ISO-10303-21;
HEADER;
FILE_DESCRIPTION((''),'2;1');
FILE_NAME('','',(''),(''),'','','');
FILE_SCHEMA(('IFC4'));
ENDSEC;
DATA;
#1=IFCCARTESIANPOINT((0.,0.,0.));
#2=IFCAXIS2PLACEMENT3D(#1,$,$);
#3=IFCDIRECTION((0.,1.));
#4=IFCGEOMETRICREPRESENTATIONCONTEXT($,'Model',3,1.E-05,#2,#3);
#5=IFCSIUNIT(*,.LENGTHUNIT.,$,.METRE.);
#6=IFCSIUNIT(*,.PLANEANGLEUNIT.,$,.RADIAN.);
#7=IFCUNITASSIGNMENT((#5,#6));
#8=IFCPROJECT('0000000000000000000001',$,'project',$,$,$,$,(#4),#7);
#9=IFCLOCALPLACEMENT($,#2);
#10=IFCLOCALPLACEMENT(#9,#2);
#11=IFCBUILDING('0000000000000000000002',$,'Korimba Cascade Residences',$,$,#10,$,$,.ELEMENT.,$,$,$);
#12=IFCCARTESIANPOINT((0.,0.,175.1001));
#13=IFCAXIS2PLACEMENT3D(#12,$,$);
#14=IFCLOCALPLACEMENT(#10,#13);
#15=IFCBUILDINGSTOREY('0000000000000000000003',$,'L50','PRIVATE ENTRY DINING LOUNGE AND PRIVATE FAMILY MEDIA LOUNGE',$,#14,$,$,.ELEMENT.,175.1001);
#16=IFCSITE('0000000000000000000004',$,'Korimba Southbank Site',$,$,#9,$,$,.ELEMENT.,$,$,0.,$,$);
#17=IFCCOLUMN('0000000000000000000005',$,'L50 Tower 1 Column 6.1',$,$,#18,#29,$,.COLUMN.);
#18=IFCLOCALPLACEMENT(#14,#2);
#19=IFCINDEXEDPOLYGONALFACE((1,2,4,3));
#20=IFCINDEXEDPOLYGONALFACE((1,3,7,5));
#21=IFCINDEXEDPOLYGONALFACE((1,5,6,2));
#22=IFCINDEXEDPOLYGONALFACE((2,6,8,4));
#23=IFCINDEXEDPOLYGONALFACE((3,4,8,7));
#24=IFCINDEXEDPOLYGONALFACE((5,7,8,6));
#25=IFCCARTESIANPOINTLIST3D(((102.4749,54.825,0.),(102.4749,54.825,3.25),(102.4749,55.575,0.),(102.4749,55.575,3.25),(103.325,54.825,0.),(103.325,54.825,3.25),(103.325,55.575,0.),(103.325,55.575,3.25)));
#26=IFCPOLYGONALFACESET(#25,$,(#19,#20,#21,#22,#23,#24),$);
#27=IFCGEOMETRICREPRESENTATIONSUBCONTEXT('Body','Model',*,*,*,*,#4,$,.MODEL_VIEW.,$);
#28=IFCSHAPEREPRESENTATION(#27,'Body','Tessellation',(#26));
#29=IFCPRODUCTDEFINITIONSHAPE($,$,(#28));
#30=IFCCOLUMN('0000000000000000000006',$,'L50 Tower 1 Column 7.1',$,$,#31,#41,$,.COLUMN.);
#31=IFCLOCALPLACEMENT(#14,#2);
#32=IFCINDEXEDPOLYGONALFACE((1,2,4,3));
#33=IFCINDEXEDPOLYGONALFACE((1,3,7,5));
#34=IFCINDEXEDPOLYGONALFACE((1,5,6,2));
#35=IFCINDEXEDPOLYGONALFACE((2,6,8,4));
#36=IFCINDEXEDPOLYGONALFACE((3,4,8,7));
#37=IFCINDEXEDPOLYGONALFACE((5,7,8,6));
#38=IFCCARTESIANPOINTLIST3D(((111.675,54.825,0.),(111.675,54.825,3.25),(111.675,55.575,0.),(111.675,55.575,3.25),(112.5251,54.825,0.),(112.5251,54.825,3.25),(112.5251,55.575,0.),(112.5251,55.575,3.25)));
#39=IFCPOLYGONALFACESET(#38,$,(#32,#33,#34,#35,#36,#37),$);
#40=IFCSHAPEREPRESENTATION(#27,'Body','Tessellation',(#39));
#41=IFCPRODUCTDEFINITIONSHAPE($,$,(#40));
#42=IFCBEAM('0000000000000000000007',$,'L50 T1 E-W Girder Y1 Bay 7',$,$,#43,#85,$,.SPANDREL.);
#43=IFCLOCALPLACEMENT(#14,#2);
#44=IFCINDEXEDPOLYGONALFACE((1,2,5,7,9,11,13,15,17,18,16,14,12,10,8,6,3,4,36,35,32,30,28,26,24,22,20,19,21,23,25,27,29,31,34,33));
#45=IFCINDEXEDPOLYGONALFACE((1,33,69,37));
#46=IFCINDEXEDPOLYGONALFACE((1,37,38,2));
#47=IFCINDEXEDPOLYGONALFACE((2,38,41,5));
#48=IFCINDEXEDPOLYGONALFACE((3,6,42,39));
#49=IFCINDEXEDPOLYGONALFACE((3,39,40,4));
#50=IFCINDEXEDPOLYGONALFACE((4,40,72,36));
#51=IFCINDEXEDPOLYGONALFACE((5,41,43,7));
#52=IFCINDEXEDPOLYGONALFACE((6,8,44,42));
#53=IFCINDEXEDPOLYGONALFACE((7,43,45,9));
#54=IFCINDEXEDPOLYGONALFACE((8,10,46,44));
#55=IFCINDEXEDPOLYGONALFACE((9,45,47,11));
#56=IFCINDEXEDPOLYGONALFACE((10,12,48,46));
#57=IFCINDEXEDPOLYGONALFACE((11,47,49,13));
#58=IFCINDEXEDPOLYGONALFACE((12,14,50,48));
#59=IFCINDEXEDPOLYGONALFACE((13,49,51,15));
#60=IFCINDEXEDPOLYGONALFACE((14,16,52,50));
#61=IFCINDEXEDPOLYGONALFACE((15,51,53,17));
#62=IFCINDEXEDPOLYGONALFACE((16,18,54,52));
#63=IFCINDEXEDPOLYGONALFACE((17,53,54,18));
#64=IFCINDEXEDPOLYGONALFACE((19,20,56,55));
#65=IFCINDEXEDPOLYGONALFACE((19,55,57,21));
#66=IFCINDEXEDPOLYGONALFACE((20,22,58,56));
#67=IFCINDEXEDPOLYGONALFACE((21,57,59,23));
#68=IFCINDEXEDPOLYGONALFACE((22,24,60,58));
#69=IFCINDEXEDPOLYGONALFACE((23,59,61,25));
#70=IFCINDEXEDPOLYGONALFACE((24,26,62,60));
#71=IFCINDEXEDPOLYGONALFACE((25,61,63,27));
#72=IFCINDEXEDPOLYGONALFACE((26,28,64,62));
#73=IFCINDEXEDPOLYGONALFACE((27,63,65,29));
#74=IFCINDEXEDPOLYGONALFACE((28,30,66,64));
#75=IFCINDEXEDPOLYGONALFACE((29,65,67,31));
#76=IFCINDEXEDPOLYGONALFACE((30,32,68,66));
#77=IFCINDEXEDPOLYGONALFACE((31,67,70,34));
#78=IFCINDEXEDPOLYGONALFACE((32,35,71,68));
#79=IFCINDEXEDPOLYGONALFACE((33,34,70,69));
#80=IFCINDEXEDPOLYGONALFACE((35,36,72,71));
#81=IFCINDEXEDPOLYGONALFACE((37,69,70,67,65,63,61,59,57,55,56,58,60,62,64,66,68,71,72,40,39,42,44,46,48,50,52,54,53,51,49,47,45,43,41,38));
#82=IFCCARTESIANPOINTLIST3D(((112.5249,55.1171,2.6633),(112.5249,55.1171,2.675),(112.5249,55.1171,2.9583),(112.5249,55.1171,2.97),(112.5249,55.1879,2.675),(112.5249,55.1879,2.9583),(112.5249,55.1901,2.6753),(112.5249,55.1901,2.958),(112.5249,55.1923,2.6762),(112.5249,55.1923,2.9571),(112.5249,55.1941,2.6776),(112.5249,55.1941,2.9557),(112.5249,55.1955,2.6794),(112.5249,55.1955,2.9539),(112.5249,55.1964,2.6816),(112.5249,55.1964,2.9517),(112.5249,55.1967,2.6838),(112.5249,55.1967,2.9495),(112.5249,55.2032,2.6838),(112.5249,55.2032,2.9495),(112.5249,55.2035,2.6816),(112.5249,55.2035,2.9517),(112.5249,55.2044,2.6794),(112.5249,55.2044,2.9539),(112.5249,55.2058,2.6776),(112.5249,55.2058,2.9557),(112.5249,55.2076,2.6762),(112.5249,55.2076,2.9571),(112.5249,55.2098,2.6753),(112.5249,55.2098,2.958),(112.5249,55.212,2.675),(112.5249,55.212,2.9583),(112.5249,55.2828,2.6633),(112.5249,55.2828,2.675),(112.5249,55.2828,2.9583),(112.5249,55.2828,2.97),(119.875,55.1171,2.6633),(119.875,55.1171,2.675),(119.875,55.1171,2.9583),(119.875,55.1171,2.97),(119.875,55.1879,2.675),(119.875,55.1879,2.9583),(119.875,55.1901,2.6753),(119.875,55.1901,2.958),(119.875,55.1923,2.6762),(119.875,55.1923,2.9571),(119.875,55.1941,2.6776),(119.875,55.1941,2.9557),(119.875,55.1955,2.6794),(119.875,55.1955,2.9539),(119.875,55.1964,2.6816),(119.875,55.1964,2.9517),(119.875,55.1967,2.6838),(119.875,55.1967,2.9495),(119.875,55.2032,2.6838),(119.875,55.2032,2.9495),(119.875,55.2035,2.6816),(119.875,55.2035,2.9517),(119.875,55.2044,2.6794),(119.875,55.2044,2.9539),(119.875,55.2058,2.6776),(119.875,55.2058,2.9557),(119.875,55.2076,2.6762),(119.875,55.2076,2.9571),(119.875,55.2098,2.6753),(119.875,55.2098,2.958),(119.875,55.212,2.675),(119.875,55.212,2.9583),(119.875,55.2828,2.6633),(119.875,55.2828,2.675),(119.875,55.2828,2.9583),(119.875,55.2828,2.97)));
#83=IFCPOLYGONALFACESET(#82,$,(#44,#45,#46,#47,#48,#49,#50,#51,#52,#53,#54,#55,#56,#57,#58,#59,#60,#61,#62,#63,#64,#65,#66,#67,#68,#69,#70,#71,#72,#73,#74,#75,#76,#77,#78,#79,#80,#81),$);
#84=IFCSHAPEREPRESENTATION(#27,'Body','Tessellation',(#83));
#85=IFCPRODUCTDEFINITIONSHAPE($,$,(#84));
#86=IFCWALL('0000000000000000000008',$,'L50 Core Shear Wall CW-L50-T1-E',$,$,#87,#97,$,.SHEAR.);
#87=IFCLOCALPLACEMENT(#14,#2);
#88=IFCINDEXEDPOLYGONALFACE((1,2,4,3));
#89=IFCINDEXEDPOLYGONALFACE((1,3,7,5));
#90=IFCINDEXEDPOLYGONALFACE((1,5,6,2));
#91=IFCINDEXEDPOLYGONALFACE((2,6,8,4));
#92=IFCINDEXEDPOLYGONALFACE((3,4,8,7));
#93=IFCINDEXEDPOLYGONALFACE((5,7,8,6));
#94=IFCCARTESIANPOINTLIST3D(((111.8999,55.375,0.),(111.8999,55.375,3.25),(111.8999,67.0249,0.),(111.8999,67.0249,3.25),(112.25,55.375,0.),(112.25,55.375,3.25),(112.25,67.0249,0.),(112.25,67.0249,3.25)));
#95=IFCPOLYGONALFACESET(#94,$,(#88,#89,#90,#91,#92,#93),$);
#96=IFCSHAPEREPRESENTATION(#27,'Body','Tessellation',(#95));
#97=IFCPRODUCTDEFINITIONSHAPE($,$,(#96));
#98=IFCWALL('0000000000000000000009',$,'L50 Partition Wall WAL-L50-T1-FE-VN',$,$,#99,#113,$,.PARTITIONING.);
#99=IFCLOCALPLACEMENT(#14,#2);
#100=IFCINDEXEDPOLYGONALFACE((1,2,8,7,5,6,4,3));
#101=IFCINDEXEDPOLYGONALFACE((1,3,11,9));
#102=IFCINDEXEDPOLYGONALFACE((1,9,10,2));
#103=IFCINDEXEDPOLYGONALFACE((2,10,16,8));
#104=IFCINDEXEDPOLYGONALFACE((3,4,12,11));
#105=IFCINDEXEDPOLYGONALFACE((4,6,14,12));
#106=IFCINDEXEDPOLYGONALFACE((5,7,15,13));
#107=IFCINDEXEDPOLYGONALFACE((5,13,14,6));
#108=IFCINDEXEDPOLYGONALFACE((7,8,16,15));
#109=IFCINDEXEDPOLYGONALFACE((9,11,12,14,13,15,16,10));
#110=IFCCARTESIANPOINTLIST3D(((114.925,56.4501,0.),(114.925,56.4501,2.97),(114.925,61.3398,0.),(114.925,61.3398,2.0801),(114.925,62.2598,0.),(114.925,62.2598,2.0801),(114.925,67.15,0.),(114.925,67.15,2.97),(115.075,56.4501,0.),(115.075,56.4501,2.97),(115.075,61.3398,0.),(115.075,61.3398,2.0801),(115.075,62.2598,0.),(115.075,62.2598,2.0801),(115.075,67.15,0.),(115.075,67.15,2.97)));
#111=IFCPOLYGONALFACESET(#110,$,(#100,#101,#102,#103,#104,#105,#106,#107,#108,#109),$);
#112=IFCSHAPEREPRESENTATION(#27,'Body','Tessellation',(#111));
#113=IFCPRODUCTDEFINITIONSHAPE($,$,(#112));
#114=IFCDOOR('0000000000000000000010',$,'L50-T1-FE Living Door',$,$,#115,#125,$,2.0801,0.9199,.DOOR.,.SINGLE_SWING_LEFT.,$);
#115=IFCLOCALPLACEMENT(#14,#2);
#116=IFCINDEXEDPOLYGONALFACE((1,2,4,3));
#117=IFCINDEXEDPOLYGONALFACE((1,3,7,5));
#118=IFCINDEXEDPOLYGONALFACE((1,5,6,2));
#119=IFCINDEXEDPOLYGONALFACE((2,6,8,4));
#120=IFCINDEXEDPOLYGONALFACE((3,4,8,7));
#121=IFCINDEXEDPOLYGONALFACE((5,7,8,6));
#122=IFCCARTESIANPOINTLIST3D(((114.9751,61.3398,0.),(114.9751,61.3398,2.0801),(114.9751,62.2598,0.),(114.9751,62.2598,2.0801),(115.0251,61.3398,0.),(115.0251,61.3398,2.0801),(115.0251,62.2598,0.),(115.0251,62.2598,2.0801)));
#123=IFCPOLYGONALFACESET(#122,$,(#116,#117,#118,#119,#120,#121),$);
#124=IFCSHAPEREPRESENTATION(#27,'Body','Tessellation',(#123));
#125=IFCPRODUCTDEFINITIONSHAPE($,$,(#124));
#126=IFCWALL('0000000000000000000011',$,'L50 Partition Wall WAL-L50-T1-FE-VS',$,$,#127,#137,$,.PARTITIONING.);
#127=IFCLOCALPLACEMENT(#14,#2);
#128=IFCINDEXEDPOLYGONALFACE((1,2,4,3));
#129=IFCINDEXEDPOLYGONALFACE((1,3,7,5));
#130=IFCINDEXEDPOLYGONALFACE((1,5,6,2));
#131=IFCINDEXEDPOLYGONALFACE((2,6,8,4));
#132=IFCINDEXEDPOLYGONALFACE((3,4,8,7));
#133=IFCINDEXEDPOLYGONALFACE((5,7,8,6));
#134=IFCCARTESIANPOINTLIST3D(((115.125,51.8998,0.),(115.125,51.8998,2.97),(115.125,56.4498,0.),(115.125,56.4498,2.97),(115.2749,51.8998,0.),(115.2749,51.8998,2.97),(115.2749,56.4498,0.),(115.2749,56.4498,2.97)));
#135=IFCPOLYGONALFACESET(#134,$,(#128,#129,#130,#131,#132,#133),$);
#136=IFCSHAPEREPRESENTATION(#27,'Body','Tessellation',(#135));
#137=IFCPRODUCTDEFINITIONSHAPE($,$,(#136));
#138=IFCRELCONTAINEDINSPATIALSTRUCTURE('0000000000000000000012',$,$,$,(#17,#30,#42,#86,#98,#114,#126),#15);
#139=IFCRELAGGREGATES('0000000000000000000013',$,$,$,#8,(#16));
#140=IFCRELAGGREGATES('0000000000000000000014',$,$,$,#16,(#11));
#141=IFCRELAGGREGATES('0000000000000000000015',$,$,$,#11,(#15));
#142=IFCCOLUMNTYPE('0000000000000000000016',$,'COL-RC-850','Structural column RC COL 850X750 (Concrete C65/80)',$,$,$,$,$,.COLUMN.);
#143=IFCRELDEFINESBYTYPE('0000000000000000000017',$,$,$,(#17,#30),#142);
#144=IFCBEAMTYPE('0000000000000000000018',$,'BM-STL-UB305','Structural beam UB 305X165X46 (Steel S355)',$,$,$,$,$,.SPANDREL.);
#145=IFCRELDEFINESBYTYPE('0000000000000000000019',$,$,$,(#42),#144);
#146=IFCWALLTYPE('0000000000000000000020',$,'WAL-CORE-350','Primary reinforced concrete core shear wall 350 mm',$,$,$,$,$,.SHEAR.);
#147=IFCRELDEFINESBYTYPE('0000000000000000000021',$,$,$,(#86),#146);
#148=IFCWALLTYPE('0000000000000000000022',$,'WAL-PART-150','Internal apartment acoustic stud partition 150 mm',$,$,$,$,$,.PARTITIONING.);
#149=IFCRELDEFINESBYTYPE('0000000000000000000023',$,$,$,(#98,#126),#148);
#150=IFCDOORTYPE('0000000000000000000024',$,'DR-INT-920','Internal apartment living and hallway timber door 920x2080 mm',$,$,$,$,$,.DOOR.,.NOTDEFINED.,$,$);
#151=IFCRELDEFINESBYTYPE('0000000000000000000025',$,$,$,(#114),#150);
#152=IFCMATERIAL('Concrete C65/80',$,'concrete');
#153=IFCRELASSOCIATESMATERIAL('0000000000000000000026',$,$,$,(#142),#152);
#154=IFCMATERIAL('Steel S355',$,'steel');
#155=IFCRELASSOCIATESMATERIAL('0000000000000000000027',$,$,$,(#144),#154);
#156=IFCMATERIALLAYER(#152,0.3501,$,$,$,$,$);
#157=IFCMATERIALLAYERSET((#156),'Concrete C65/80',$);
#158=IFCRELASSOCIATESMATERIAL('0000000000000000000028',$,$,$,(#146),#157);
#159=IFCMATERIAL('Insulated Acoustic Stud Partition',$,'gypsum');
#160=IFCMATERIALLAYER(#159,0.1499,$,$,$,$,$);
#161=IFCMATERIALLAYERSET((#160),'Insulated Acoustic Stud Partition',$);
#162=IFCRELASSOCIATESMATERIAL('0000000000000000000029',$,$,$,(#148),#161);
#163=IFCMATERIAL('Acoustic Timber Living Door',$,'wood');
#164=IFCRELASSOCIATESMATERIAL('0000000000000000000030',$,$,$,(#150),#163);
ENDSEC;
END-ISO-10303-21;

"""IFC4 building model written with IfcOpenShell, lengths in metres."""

from ifc_helpers import new_model, si_unit, direction, frame, frame_2d, origin, origin_2d, place, context, subcontext, project, spatial, rectangle, i_section, extrude, material, layer, layer_set, material_profile, profile_set, type_object, element, fill, save


model = new_model("IFC4")

# Units and contexts
model_context = context("Model", 3, precision=1e-05, world=origin(), true_north=direction((0.0, 1.0)))
body_context = subcontext(model_context, "Body", "Model", "MODEL_VIEW")
ifc_project = project(units=[si_unit("LENGTHUNIT", "METRE"), si_unit("PLANEANGLEUNIT", "RADIAN")], contexts=[model_context])

# Site, building, storey
site_placement = place(None, origin())
site = spatial("IfcSite", under=ifc_project, at=site_placement, Name="Korimba Southbank Site", CompositionType="ELEMENT", RefElevation=0.0)
building_placement = place(site_placement, origin())
building = spatial("IfcBuilding", under=site, at=building_placement, Name="Korimba Cascade Residences", CompositionType="ELEMENT")
storey_placement = place(building_placement, frame((0.0, 0.0, 175.1001)))
storey = spatial("IfcBuildingStorey", under=building, at=storey_placement, Name="L50", Description="PRIVATE ENTRY DINING LOUNGE AND PRIVATE FAMILY MEDIA LOUNGE", CompositionType="ELEMENT", Elevation=175.1001)

# Columns
ifc_material_1 = material(Name="Concrete C65/80", Category="concrete")
ifc_material_profile_1 = material_profile(ifc_material_1, rectangle(XDim=0.8501, YDim=0.75, at=origin_2d()), Name="Concrete C65/80")
ifc_profile_set_1 = profile_set([ifc_material_profile_1], Name="Concrete C65/80")
column_type = type_object("IfcColumnType", Name="COL-RC-850", Description="Structural column RC COL 850X750 (Concrete C65/80)", PredefinedType="COLUMN", material=ifc_profile_set_1)
for number, where, z_axis, x_axis, name in (
    (1, (102.8999, 55.2, 0.0), (0.0, 0.0, 1.0), (1.0, 0.0, 0.0), "L50 Tower 1 Column 6.1"),
    (2, (112.1001, 55.2, 0.0), (0.0, 0.0, 1.0), (1.0, 0.0, 0.0), "L50 Tower 1 Column 7.1"),
):
    element("IfcColumn", number, at=place(storey_placement, frame(where, z_axis=z_axis, x_axis=x_axis)), inside=storey, type_object=column_type, Name=name, PredefinedType="COLUMN", context=body_context, shape_type="SweptSolid", body=[
        extrude(rectangle(XDim=0.8501, YDim=0.75, at=origin_2d()), origin(), (0.0, 0.0, 1.0), 3.25),
    ])

# Beam
ifc_material_2 = material(Name="Steel S355", Category="steel")
ifc_material_profile_2 = material_profile(ifc_material_2, i_section(OverallWidth=0.1658, OverallDepth=0.3066, WebThickness=0.0066, FlangeThickness=0.0117, FilletRadius=0.0088, at=origin_2d()), Name="Steel S355")
ifc_profile_set_2 = profile_set([ifc_material_profile_2], Name="Steel S355")
beam_type = type_object("IfcBeamType", Name="BM-STL-UB305", Description="Structural beam UB 305X165X46 (Steel S355)", PredefinedType="SPANDREL", material=ifc_profile_set_2)
beam_placement = place(storey_placement, frame((112.5249, 55.2, 2.8167), z_axis=(1.0, 0.0, 0.0), x_axis=(0.0, 1.0, 0.0)))
element("IfcBeam", 3, at=beam_placement, inside=storey, type_object=beam_type, Name="L50 T1 E-W Girder Y1 Bay 7", PredefinedType="SPANDREL", context=body_context, shape_type="SweptSolid", body=[
    extrude(i_section(OverallWidth=0.1658, OverallDepth=0.3066, WebThickness=0.0066, FlangeThickness=0.0117, FilletRadius=0.0088, at=origin_2d()), origin(), (0.0, 0.0, 1.0), 7.3501),
])

# Wall
ifc_layer_1 = layer(ifc_material_1, 0.3501)
ifc_layer_set_1 = layer_set([ifc_layer_1], Name="Concrete C65/80")
wall_type_1 = type_object("IfcWallType", Name="WAL-CORE-350", Description="Primary reinforced concrete core shear wall 350 mm", PredefinedType="SHEAR", material=ifc_layer_set_1)
wall_1_placement = place(storey_placement, frame((112.075, 55.375, 0.0), z_axis=(0.0, 0.0, 1.0), x_axis=(0.0, 1.0, 0.0)))
element("IfcWall", 4, at=wall_1_placement, inside=storey, type_object=wall_type_1, Name="L50 Core Shear Wall CW-L50-T1-E", PredefinedType="SHEAR", context=body_context, shape_type="SweptSolid", body=[
    extrude(rectangle(XDim=11.6499, YDim=0.3501, at=frame_2d((5.825, 0.0))), origin(), (0.0, 0.0, 1.0), 3.25),
])

# Wall, opening, door
ifc_material_3 = material(Name="Insulated Acoustic Stud Partition", Category="gypsum")
ifc_layer_2 = layer(ifc_material_3, 0.1499)
ifc_layer_set_2 = layer_set([ifc_layer_2], Name="Insulated Acoustic Stud Partition")
wall_type_2 = type_object("IfcWallType", Name="WAL-PART-150", Description="Internal apartment acoustic stud partition 150 mm", PredefinedType="PARTITIONING", material=ifc_layer_set_2)
wall_2_placement = place(storey_placement, frame((115.0, 56.45, 0.0), z_axis=(0.0, 0.0, 1.0), x_axis=(0.0, 1.0, 0.0)))
wall_2 = element("IfcWall", 5, at=wall_2_placement, inside=storey, type_object=wall_type_2, Name="L50 Partition Wall WAL-L50-T1-FE-VN", PredefinedType="PARTITIONING", context=body_context, shape_type="SweptSolid", body=[
    extrude(rectangle(XDim=10.7, YDim=0.1499, at=frame_2d((5.3501, 0.0))), origin(), (0.0, 0.0, 1.0), 2.97),
])
opening_1_placement = place(wall_2_placement, frame((4.8899, 0.0, 0.0)))
opening_1 = element("IfcOpeningElement", 6, at=opening_1_placement, cuts=wall_2, PredefinedType="OPENING", context=body_context, shape_type="SweptSolid", body=[
    extrude(rectangle(XDim=0.9199, YDim=2.0801, at=frame_2d((0.46, 1.04))), frame((0.0, 0.085, 0.0), z_axis=(0.0, -1.0, 0.0), x_axis=(1.0, 0.0, 0.0)), (0.0, 0.0, 1.0), 0.1699),
])
ifc_material_4 = material(Name="Acoustic Timber Living Door", Category="wood")
door_type_1 = type_object("IfcDoorType", Name="DR-INT-920", Description="Internal apartment living and hallway timber door 920x2080 mm", OperationType="NOTDEFINED", PredefinedType="DOOR", material=ifc_material_4)
door_1_placement = place(opening_1_placement, origin())
door_1 = element("IfcDoor", 7, at=door_1_placement, inside=storey, type_object=door_type_1, Name="L50-T1-FE Living Door", OperationType="SINGLE_SWING_LEFT", OverallHeight=2.0801, OverallWidth=0.9199, PredefinedType="DOOR", context=body_context, shape_type="SweptSolid", body=[
    extrude(rectangle(XDim=0.9199, YDim=2.0801, at=frame_2d((0.46, 1.04))), frame((0.0, 0.0249, 0.0), z_axis=(0.0, -1.0, 0.0), x_axis=(1.0, 0.0, 0.0)), (0.0, 0.0, 1.0), 0.05),
])
fill(opening_1, door_1)

# Wall
wall_3_placement = place(storey_placement, frame((115.2, 51.8999, 0.0), z_axis=(0.0, 0.0, 1.0), x_axis=(0.0, 1.0, 0.0)))
element("IfcWall", 8, at=wall_3_placement, inside=storey, type_object=wall_type_2, Name="L50 Partition Wall WAL-L50-T1-FE-VS", PredefinedType="PARTITIONING", context=body_context, shape_type="SweptSolid", body=[
    extrude(rectangle(XDim=4.55, YDim=0.1499, at=frame_2d((2.2749, 0.0))), origin(), (0.0, 0.0, 1.0), 2.97),
])

save(model, "model.ifc")
